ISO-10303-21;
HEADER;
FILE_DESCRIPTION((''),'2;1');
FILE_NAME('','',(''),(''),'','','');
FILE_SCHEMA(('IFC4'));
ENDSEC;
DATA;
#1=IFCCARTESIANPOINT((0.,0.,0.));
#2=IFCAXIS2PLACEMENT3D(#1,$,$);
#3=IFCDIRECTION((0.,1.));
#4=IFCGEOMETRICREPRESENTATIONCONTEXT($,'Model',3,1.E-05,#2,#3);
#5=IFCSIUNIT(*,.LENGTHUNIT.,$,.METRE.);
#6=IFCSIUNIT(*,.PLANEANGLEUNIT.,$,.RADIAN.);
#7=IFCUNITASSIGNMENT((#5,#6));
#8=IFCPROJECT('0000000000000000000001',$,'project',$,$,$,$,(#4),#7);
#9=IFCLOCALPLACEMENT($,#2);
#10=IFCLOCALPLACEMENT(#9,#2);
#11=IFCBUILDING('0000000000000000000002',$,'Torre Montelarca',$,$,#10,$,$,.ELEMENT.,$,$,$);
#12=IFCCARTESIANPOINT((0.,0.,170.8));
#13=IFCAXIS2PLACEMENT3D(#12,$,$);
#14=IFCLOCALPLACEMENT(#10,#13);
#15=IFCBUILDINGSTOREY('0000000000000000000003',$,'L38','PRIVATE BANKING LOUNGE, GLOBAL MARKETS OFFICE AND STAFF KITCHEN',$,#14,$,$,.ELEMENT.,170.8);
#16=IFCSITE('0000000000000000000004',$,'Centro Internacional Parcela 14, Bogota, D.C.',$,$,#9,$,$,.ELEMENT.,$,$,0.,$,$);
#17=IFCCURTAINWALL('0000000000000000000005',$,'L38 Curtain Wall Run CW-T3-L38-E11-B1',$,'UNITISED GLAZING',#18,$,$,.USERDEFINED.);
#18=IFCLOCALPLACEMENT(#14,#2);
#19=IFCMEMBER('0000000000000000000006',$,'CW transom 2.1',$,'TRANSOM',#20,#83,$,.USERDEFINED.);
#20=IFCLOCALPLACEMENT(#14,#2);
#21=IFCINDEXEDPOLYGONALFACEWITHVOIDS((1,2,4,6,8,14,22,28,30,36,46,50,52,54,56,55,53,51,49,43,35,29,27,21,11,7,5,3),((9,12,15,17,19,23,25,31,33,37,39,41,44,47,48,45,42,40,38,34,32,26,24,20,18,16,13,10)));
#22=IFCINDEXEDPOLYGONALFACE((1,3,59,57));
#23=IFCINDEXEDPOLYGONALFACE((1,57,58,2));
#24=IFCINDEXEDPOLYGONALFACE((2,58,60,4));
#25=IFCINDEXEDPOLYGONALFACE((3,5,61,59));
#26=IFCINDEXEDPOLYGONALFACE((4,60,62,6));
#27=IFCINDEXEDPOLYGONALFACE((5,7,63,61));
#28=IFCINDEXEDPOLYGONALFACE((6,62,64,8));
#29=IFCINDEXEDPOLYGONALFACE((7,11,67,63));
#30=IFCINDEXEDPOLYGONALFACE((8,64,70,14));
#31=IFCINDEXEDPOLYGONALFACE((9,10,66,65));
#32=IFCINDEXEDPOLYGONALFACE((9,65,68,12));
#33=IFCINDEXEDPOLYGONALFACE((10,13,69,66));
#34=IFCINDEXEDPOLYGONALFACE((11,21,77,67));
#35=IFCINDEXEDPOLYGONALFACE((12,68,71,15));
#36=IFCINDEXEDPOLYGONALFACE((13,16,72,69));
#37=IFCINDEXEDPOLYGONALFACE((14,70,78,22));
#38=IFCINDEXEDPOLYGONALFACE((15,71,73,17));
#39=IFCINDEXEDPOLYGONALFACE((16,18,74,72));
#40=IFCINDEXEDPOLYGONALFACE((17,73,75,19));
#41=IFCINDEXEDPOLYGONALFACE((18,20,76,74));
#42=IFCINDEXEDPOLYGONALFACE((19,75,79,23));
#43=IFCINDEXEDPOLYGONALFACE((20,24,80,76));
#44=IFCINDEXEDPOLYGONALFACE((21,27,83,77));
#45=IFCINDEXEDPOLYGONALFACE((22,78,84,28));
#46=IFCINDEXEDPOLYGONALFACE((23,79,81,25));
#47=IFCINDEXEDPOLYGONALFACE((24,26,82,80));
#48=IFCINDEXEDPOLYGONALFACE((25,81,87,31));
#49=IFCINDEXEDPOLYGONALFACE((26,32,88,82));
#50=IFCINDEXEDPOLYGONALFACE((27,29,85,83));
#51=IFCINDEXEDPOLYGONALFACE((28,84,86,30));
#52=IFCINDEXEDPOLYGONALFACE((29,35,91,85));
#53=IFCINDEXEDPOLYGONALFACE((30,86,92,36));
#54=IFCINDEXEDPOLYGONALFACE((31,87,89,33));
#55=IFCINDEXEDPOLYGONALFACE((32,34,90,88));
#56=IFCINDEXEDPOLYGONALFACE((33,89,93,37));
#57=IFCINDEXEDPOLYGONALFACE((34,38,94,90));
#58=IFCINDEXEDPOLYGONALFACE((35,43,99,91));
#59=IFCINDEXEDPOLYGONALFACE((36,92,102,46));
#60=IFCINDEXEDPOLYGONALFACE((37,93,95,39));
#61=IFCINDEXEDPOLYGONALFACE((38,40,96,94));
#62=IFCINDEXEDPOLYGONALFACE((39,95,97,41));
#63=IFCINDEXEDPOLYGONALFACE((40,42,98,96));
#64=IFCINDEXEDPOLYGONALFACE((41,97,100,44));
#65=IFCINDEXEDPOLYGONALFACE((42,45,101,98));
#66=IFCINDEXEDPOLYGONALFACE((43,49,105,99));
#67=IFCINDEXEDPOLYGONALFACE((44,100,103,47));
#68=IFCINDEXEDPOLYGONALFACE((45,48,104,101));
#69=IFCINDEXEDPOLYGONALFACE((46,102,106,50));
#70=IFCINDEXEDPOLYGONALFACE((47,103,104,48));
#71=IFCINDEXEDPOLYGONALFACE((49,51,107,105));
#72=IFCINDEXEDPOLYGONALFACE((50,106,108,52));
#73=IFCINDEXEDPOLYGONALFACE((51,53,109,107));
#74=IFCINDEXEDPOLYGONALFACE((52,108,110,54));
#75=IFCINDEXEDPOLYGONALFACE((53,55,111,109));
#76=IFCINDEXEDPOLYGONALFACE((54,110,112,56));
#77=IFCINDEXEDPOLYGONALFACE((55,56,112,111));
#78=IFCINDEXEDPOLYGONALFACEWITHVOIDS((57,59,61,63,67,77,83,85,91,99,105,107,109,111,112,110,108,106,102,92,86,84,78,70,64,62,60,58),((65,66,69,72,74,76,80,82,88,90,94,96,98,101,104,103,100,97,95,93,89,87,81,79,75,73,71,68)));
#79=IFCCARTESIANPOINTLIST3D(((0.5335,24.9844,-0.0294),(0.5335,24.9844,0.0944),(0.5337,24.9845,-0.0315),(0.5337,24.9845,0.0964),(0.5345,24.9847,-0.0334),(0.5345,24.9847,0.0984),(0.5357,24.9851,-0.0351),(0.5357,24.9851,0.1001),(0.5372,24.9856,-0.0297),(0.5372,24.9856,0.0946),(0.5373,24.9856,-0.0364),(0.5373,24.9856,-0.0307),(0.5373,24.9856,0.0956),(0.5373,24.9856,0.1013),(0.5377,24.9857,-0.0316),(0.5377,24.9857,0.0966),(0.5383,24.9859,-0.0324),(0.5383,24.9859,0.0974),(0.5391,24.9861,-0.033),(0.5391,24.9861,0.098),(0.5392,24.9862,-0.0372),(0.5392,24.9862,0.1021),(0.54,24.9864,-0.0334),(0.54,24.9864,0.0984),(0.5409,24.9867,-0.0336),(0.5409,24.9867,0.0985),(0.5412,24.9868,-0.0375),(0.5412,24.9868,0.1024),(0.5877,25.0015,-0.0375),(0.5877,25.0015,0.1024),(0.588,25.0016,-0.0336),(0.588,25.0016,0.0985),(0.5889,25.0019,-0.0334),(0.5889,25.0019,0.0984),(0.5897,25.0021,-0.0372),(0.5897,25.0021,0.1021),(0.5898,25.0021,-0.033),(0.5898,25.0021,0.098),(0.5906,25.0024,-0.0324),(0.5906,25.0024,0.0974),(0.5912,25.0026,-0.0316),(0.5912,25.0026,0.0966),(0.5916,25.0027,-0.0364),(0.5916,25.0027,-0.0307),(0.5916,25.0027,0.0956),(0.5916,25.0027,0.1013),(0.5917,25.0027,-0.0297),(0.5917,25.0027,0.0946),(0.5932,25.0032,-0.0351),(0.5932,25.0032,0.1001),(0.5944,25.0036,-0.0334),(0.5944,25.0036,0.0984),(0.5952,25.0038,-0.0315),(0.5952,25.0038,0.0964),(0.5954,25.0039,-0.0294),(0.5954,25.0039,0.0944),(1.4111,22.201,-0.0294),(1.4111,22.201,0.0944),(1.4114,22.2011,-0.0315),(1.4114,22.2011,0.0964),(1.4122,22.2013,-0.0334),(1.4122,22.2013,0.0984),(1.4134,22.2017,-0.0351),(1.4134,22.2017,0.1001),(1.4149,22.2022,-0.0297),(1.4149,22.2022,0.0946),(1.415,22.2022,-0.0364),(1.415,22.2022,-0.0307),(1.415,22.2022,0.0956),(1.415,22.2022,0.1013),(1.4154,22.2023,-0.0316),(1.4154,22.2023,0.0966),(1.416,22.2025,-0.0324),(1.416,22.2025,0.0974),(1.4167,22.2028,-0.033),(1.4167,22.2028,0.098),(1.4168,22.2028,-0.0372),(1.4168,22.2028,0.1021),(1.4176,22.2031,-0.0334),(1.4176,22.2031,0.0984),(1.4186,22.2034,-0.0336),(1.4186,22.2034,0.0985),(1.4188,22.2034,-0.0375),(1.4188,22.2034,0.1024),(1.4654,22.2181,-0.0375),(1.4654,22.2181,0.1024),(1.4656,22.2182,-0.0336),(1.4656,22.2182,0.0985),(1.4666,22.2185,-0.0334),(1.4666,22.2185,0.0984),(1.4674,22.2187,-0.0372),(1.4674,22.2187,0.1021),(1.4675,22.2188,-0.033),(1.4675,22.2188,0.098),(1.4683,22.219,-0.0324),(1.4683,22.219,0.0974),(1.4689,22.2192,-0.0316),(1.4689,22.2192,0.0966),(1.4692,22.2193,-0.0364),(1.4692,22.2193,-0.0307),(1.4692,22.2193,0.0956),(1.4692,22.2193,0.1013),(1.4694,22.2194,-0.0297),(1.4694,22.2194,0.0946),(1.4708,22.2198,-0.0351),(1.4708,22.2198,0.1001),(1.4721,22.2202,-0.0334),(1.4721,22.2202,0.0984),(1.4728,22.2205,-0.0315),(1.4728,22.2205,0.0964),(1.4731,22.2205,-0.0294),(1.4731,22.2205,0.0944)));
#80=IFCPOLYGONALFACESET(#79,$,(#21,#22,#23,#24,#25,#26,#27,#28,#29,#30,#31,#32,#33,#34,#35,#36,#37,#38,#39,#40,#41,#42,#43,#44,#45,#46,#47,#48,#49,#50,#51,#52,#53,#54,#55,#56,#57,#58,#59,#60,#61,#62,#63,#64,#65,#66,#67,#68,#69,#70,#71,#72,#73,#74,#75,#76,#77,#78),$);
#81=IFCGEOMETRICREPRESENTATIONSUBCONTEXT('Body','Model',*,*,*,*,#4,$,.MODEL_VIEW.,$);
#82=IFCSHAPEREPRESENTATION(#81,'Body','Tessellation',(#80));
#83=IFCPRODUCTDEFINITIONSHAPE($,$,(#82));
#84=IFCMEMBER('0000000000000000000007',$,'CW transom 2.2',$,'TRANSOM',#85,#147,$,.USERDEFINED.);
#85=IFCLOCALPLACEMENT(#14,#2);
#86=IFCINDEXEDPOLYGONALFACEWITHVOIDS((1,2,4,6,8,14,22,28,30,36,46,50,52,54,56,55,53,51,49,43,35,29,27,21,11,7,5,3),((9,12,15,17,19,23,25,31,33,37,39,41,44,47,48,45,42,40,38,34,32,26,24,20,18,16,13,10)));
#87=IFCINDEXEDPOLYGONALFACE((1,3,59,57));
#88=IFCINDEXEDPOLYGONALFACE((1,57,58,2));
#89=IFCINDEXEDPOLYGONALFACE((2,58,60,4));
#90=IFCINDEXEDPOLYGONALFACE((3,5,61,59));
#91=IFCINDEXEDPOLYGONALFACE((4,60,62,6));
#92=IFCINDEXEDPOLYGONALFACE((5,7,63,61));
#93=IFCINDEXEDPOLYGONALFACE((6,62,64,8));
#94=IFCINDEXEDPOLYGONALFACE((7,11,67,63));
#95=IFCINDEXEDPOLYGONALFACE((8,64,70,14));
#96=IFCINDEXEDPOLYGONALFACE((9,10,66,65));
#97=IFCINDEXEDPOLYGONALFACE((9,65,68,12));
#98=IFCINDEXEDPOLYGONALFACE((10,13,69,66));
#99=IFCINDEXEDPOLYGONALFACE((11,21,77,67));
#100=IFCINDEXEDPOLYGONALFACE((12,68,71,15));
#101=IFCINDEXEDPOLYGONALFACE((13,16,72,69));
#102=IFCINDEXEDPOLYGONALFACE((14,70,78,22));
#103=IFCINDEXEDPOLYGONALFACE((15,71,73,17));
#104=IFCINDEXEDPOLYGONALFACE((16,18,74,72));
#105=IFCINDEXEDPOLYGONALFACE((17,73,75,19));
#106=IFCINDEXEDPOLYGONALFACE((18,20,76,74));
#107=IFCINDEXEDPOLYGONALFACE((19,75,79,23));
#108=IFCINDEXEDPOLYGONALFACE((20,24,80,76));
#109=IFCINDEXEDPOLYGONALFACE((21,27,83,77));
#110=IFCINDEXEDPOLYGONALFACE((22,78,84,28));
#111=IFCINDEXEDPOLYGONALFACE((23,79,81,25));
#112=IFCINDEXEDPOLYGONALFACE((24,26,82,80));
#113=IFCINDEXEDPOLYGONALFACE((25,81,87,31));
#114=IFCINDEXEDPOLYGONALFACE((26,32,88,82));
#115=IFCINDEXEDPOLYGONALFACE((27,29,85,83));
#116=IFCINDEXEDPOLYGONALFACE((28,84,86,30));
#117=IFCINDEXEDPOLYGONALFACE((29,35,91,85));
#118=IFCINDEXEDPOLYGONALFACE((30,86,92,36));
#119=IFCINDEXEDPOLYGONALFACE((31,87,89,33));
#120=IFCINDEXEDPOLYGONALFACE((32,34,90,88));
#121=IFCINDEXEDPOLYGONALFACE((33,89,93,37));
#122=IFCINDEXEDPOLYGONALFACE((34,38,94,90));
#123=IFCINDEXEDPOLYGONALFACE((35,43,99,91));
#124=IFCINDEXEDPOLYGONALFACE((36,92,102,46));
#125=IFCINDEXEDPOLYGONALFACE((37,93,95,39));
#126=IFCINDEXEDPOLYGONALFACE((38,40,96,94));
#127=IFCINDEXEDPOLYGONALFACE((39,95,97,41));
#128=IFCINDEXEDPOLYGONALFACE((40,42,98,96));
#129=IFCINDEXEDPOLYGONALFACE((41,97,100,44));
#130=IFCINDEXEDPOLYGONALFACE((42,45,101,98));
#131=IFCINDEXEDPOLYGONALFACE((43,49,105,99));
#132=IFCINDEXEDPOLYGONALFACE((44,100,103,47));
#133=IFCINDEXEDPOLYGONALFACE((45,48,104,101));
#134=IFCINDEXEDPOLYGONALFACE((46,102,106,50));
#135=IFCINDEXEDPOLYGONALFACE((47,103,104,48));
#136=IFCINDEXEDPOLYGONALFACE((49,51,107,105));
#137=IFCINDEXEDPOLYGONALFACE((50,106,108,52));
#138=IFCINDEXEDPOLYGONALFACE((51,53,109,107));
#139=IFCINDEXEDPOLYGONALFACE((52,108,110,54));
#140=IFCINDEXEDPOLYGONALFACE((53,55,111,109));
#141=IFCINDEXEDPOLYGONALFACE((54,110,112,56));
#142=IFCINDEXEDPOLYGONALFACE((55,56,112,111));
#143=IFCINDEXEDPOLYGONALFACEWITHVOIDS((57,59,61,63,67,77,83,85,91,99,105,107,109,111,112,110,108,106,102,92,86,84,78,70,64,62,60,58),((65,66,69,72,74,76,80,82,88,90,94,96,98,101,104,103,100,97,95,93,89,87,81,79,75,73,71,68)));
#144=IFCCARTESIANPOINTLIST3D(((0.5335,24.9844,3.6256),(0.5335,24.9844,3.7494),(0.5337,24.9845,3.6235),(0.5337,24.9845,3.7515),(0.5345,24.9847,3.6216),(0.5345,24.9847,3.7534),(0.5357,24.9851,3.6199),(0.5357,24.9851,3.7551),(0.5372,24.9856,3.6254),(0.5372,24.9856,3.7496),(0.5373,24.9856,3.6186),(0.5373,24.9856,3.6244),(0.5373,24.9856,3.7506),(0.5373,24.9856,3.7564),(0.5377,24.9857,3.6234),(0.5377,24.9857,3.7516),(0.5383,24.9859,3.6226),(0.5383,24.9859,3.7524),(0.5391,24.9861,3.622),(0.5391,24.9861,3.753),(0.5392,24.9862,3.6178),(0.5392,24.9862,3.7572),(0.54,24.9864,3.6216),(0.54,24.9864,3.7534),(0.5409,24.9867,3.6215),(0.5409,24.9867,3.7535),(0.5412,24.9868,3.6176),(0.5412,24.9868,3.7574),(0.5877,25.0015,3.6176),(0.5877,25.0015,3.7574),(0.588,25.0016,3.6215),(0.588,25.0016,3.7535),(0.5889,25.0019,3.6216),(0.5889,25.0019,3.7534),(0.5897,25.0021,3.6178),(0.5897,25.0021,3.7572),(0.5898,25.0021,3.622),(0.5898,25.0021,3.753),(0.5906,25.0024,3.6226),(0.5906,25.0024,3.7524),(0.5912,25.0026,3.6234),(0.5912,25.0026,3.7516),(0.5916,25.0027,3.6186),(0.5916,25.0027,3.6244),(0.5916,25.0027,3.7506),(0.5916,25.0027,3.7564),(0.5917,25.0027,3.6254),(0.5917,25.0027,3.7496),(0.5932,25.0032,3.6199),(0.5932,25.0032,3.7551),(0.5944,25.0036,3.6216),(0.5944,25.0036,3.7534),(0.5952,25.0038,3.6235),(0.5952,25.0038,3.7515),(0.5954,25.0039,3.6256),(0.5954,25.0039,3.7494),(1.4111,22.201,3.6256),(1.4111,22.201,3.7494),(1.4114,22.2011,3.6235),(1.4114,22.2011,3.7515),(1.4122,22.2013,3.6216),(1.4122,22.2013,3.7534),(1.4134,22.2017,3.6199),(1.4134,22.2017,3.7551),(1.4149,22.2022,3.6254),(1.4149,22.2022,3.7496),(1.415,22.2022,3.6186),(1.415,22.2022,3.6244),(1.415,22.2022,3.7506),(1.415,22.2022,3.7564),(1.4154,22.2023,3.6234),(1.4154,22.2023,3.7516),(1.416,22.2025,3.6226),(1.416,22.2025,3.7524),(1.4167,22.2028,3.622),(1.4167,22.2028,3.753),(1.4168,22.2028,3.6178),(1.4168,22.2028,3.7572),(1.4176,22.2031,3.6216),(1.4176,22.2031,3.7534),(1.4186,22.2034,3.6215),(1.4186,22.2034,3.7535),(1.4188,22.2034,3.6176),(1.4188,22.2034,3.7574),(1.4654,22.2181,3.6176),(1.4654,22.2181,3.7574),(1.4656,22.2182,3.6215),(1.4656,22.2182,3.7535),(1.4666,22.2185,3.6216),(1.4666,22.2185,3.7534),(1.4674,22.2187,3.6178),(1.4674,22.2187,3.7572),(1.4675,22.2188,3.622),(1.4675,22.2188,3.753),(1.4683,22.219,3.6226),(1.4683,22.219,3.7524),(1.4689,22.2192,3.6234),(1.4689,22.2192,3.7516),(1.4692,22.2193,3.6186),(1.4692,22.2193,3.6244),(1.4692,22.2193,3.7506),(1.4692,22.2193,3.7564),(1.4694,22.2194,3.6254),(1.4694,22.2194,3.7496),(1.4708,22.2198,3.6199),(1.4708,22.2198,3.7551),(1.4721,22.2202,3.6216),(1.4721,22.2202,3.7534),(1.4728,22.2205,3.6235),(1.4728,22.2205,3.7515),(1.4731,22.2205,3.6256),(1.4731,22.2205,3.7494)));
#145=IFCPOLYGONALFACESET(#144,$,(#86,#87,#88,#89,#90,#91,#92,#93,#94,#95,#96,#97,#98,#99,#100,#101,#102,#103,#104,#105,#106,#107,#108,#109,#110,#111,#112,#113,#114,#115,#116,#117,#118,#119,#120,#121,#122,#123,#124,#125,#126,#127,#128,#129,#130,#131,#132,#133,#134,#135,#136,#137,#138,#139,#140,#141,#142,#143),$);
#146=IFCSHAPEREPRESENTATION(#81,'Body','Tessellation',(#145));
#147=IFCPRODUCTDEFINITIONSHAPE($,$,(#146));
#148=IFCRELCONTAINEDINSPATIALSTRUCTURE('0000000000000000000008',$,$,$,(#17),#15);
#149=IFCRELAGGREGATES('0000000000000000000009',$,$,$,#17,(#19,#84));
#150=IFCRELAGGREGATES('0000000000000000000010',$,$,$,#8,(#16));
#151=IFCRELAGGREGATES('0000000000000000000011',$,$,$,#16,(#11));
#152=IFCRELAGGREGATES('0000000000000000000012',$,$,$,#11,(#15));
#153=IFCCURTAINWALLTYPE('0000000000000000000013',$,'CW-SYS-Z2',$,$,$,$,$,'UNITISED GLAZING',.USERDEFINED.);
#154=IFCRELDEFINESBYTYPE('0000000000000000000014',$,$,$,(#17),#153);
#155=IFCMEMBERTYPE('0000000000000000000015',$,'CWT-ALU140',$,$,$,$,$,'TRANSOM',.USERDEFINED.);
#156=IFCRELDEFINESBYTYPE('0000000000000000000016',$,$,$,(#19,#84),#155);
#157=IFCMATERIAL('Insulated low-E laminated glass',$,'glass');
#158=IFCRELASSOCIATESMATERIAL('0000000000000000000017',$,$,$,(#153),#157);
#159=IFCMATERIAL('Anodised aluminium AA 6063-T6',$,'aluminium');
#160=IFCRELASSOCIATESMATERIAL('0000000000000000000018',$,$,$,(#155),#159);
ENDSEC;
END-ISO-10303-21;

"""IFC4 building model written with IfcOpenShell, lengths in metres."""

from ifc_helpers import new_model, si_unit, direction, frame, origin, origin_2d, place, context, subcontext, project, spatial, hollow_rectangle, extrude, source, transform, mapped, material, material_profile, profile_set, type_object, element, aggregate, save


model = new_model("IFC4")

# Units and contexts
model_context = context("Model", 3, precision=1e-05, world=origin(), true_north=direction((0.0, 1.0)))
body_context = subcontext(model_context, "Body", "Model", "MODEL_VIEW")
ifc_project = project(units=[si_unit("LENGTHUNIT", "METRE"), si_unit("PLANEANGLEUNIT", "RADIAN")], contexts=[model_context])

# Site, building, storey
site_placement = place(None, origin())
site = spatial("IfcSite", under=ifc_project, at=site_placement, Name="Centro Internacional Parcela 14, Bogota, D.C.", CompositionType="ELEMENT", RefElevation=0.0)
building_placement = place(site_placement, origin())
building = spatial("IfcBuilding", under=site, at=building_placement, Name="Torre Montelarca", CompositionType="ELEMENT")
storey_placement = place(building_placement, frame((0.0, 0.0, 170.8)))
storey = spatial("IfcBuildingStorey", under=building, at=storey_placement, Name="L38", Description="PRIVATE BANKING LOUNGE, GLOBAL MARKETS OFFICE AND STAFF KITCHEN", CompositionType="ELEMENT", Elevation=170.8)

# Curtain wall, members
ifc_material_1 = material(Name="Insulated low-E laminated glass", Category="glass")
curtain_wall_type = type_object("IfcCurtainWallType", Name="CW-SYS-Z2", ElementType="UNITISED GLAZING", PredefinedType="USERDEFINED", material=ifc_material_1)
curtain_wall_1_placement = place(storey_placement, origin())
curtain_wall_1 = element("IfcCurtainWall", 1, at=curtain_wall_1_placement, inside=storey, type_object=curtain_wall_type, Name="L38 Curtain Wall Run CW-T3-L38-E11-B1", ObjectType="UNITISED GLAZING", PredefinedType="USERDEFINED")
ifc_material_2 = material(Name="Anodised aluminium AA 6063-T6", Category="aluminium")
ifc_material_profile_1 = material_profile(ifc_material_2, hollow_rectangle(XDim=0.0649, YDim=0.1399, WallThickness=0.0039, InnerFilletRadius=0.0039, OuterFilletRadius=0.0081, at=origin_2d()), Name="ALU65X140X4", Category="aluminium")
ifc_profile_set_1 = profile_set([ifc_material_profile_1], Name="Anodised aluminium AA 6063-T6")
member_type_1 = type_object("IfcMemberType", Name="CWT-ALU140", ElementType="TRANSOM", PredefinedType="USERDEFINED", material=ifc_profile_set_1)
shared_shape_1 = source(origin(), body_context, "Body", "SweptSolid", [
    extrude(hollow_rectangle(XDim=0.0649, YDim=0.1399, WallThickness=0.0039, InnerFilletRadius=0.0039, OuterFilletRadius=0.0081, at=origin_2d()), origin(), (0.0, 0.0, 1.0), 2.9185),
])
member_1_placement = place(storey_placement, frame((0.5645, 24.9941, 0.0325), z_axis=(0.300727, -0.95371, 0.0), x_axis=(0.95371, 0.300727, 0.0)))
member_1 = element("IfcMember", 2, at=member_1_placement, type_object=member_type_1, Name="CW transom 2.1", ObjectType="TRANSOM", PredefinedType="USERDEFINED", context=body_context, shape_type="MappedRepresentation", body=[
    mapped(shared_shape_1, transform((0.0, 0.0, 0.0), scale=1.0)),
])
member_2_placement = place(storey_placement, frame((0.5645, 24.9941, 3.6875), z_axis=(0.300727, -0.95371, 0.0), x_axis=(0.95371, 0.300727, 0.0)))
member_2 = element("IfcMember", 3, at=member_2_placement, type_object=member_type_1, Name="CW transom 2.2", ObjectType="TRANSOM", PredefinedType="USERDEFINED", context=body_context, shape_type="MappedRepresentation", body=[
    mapped(shared_shape_1, transform((0.0, 0.0, 0.0), scale=1.0)),
])

aggregate(curtain_wall_1, [member_1, member_2])

save(model, "model.ifc")
